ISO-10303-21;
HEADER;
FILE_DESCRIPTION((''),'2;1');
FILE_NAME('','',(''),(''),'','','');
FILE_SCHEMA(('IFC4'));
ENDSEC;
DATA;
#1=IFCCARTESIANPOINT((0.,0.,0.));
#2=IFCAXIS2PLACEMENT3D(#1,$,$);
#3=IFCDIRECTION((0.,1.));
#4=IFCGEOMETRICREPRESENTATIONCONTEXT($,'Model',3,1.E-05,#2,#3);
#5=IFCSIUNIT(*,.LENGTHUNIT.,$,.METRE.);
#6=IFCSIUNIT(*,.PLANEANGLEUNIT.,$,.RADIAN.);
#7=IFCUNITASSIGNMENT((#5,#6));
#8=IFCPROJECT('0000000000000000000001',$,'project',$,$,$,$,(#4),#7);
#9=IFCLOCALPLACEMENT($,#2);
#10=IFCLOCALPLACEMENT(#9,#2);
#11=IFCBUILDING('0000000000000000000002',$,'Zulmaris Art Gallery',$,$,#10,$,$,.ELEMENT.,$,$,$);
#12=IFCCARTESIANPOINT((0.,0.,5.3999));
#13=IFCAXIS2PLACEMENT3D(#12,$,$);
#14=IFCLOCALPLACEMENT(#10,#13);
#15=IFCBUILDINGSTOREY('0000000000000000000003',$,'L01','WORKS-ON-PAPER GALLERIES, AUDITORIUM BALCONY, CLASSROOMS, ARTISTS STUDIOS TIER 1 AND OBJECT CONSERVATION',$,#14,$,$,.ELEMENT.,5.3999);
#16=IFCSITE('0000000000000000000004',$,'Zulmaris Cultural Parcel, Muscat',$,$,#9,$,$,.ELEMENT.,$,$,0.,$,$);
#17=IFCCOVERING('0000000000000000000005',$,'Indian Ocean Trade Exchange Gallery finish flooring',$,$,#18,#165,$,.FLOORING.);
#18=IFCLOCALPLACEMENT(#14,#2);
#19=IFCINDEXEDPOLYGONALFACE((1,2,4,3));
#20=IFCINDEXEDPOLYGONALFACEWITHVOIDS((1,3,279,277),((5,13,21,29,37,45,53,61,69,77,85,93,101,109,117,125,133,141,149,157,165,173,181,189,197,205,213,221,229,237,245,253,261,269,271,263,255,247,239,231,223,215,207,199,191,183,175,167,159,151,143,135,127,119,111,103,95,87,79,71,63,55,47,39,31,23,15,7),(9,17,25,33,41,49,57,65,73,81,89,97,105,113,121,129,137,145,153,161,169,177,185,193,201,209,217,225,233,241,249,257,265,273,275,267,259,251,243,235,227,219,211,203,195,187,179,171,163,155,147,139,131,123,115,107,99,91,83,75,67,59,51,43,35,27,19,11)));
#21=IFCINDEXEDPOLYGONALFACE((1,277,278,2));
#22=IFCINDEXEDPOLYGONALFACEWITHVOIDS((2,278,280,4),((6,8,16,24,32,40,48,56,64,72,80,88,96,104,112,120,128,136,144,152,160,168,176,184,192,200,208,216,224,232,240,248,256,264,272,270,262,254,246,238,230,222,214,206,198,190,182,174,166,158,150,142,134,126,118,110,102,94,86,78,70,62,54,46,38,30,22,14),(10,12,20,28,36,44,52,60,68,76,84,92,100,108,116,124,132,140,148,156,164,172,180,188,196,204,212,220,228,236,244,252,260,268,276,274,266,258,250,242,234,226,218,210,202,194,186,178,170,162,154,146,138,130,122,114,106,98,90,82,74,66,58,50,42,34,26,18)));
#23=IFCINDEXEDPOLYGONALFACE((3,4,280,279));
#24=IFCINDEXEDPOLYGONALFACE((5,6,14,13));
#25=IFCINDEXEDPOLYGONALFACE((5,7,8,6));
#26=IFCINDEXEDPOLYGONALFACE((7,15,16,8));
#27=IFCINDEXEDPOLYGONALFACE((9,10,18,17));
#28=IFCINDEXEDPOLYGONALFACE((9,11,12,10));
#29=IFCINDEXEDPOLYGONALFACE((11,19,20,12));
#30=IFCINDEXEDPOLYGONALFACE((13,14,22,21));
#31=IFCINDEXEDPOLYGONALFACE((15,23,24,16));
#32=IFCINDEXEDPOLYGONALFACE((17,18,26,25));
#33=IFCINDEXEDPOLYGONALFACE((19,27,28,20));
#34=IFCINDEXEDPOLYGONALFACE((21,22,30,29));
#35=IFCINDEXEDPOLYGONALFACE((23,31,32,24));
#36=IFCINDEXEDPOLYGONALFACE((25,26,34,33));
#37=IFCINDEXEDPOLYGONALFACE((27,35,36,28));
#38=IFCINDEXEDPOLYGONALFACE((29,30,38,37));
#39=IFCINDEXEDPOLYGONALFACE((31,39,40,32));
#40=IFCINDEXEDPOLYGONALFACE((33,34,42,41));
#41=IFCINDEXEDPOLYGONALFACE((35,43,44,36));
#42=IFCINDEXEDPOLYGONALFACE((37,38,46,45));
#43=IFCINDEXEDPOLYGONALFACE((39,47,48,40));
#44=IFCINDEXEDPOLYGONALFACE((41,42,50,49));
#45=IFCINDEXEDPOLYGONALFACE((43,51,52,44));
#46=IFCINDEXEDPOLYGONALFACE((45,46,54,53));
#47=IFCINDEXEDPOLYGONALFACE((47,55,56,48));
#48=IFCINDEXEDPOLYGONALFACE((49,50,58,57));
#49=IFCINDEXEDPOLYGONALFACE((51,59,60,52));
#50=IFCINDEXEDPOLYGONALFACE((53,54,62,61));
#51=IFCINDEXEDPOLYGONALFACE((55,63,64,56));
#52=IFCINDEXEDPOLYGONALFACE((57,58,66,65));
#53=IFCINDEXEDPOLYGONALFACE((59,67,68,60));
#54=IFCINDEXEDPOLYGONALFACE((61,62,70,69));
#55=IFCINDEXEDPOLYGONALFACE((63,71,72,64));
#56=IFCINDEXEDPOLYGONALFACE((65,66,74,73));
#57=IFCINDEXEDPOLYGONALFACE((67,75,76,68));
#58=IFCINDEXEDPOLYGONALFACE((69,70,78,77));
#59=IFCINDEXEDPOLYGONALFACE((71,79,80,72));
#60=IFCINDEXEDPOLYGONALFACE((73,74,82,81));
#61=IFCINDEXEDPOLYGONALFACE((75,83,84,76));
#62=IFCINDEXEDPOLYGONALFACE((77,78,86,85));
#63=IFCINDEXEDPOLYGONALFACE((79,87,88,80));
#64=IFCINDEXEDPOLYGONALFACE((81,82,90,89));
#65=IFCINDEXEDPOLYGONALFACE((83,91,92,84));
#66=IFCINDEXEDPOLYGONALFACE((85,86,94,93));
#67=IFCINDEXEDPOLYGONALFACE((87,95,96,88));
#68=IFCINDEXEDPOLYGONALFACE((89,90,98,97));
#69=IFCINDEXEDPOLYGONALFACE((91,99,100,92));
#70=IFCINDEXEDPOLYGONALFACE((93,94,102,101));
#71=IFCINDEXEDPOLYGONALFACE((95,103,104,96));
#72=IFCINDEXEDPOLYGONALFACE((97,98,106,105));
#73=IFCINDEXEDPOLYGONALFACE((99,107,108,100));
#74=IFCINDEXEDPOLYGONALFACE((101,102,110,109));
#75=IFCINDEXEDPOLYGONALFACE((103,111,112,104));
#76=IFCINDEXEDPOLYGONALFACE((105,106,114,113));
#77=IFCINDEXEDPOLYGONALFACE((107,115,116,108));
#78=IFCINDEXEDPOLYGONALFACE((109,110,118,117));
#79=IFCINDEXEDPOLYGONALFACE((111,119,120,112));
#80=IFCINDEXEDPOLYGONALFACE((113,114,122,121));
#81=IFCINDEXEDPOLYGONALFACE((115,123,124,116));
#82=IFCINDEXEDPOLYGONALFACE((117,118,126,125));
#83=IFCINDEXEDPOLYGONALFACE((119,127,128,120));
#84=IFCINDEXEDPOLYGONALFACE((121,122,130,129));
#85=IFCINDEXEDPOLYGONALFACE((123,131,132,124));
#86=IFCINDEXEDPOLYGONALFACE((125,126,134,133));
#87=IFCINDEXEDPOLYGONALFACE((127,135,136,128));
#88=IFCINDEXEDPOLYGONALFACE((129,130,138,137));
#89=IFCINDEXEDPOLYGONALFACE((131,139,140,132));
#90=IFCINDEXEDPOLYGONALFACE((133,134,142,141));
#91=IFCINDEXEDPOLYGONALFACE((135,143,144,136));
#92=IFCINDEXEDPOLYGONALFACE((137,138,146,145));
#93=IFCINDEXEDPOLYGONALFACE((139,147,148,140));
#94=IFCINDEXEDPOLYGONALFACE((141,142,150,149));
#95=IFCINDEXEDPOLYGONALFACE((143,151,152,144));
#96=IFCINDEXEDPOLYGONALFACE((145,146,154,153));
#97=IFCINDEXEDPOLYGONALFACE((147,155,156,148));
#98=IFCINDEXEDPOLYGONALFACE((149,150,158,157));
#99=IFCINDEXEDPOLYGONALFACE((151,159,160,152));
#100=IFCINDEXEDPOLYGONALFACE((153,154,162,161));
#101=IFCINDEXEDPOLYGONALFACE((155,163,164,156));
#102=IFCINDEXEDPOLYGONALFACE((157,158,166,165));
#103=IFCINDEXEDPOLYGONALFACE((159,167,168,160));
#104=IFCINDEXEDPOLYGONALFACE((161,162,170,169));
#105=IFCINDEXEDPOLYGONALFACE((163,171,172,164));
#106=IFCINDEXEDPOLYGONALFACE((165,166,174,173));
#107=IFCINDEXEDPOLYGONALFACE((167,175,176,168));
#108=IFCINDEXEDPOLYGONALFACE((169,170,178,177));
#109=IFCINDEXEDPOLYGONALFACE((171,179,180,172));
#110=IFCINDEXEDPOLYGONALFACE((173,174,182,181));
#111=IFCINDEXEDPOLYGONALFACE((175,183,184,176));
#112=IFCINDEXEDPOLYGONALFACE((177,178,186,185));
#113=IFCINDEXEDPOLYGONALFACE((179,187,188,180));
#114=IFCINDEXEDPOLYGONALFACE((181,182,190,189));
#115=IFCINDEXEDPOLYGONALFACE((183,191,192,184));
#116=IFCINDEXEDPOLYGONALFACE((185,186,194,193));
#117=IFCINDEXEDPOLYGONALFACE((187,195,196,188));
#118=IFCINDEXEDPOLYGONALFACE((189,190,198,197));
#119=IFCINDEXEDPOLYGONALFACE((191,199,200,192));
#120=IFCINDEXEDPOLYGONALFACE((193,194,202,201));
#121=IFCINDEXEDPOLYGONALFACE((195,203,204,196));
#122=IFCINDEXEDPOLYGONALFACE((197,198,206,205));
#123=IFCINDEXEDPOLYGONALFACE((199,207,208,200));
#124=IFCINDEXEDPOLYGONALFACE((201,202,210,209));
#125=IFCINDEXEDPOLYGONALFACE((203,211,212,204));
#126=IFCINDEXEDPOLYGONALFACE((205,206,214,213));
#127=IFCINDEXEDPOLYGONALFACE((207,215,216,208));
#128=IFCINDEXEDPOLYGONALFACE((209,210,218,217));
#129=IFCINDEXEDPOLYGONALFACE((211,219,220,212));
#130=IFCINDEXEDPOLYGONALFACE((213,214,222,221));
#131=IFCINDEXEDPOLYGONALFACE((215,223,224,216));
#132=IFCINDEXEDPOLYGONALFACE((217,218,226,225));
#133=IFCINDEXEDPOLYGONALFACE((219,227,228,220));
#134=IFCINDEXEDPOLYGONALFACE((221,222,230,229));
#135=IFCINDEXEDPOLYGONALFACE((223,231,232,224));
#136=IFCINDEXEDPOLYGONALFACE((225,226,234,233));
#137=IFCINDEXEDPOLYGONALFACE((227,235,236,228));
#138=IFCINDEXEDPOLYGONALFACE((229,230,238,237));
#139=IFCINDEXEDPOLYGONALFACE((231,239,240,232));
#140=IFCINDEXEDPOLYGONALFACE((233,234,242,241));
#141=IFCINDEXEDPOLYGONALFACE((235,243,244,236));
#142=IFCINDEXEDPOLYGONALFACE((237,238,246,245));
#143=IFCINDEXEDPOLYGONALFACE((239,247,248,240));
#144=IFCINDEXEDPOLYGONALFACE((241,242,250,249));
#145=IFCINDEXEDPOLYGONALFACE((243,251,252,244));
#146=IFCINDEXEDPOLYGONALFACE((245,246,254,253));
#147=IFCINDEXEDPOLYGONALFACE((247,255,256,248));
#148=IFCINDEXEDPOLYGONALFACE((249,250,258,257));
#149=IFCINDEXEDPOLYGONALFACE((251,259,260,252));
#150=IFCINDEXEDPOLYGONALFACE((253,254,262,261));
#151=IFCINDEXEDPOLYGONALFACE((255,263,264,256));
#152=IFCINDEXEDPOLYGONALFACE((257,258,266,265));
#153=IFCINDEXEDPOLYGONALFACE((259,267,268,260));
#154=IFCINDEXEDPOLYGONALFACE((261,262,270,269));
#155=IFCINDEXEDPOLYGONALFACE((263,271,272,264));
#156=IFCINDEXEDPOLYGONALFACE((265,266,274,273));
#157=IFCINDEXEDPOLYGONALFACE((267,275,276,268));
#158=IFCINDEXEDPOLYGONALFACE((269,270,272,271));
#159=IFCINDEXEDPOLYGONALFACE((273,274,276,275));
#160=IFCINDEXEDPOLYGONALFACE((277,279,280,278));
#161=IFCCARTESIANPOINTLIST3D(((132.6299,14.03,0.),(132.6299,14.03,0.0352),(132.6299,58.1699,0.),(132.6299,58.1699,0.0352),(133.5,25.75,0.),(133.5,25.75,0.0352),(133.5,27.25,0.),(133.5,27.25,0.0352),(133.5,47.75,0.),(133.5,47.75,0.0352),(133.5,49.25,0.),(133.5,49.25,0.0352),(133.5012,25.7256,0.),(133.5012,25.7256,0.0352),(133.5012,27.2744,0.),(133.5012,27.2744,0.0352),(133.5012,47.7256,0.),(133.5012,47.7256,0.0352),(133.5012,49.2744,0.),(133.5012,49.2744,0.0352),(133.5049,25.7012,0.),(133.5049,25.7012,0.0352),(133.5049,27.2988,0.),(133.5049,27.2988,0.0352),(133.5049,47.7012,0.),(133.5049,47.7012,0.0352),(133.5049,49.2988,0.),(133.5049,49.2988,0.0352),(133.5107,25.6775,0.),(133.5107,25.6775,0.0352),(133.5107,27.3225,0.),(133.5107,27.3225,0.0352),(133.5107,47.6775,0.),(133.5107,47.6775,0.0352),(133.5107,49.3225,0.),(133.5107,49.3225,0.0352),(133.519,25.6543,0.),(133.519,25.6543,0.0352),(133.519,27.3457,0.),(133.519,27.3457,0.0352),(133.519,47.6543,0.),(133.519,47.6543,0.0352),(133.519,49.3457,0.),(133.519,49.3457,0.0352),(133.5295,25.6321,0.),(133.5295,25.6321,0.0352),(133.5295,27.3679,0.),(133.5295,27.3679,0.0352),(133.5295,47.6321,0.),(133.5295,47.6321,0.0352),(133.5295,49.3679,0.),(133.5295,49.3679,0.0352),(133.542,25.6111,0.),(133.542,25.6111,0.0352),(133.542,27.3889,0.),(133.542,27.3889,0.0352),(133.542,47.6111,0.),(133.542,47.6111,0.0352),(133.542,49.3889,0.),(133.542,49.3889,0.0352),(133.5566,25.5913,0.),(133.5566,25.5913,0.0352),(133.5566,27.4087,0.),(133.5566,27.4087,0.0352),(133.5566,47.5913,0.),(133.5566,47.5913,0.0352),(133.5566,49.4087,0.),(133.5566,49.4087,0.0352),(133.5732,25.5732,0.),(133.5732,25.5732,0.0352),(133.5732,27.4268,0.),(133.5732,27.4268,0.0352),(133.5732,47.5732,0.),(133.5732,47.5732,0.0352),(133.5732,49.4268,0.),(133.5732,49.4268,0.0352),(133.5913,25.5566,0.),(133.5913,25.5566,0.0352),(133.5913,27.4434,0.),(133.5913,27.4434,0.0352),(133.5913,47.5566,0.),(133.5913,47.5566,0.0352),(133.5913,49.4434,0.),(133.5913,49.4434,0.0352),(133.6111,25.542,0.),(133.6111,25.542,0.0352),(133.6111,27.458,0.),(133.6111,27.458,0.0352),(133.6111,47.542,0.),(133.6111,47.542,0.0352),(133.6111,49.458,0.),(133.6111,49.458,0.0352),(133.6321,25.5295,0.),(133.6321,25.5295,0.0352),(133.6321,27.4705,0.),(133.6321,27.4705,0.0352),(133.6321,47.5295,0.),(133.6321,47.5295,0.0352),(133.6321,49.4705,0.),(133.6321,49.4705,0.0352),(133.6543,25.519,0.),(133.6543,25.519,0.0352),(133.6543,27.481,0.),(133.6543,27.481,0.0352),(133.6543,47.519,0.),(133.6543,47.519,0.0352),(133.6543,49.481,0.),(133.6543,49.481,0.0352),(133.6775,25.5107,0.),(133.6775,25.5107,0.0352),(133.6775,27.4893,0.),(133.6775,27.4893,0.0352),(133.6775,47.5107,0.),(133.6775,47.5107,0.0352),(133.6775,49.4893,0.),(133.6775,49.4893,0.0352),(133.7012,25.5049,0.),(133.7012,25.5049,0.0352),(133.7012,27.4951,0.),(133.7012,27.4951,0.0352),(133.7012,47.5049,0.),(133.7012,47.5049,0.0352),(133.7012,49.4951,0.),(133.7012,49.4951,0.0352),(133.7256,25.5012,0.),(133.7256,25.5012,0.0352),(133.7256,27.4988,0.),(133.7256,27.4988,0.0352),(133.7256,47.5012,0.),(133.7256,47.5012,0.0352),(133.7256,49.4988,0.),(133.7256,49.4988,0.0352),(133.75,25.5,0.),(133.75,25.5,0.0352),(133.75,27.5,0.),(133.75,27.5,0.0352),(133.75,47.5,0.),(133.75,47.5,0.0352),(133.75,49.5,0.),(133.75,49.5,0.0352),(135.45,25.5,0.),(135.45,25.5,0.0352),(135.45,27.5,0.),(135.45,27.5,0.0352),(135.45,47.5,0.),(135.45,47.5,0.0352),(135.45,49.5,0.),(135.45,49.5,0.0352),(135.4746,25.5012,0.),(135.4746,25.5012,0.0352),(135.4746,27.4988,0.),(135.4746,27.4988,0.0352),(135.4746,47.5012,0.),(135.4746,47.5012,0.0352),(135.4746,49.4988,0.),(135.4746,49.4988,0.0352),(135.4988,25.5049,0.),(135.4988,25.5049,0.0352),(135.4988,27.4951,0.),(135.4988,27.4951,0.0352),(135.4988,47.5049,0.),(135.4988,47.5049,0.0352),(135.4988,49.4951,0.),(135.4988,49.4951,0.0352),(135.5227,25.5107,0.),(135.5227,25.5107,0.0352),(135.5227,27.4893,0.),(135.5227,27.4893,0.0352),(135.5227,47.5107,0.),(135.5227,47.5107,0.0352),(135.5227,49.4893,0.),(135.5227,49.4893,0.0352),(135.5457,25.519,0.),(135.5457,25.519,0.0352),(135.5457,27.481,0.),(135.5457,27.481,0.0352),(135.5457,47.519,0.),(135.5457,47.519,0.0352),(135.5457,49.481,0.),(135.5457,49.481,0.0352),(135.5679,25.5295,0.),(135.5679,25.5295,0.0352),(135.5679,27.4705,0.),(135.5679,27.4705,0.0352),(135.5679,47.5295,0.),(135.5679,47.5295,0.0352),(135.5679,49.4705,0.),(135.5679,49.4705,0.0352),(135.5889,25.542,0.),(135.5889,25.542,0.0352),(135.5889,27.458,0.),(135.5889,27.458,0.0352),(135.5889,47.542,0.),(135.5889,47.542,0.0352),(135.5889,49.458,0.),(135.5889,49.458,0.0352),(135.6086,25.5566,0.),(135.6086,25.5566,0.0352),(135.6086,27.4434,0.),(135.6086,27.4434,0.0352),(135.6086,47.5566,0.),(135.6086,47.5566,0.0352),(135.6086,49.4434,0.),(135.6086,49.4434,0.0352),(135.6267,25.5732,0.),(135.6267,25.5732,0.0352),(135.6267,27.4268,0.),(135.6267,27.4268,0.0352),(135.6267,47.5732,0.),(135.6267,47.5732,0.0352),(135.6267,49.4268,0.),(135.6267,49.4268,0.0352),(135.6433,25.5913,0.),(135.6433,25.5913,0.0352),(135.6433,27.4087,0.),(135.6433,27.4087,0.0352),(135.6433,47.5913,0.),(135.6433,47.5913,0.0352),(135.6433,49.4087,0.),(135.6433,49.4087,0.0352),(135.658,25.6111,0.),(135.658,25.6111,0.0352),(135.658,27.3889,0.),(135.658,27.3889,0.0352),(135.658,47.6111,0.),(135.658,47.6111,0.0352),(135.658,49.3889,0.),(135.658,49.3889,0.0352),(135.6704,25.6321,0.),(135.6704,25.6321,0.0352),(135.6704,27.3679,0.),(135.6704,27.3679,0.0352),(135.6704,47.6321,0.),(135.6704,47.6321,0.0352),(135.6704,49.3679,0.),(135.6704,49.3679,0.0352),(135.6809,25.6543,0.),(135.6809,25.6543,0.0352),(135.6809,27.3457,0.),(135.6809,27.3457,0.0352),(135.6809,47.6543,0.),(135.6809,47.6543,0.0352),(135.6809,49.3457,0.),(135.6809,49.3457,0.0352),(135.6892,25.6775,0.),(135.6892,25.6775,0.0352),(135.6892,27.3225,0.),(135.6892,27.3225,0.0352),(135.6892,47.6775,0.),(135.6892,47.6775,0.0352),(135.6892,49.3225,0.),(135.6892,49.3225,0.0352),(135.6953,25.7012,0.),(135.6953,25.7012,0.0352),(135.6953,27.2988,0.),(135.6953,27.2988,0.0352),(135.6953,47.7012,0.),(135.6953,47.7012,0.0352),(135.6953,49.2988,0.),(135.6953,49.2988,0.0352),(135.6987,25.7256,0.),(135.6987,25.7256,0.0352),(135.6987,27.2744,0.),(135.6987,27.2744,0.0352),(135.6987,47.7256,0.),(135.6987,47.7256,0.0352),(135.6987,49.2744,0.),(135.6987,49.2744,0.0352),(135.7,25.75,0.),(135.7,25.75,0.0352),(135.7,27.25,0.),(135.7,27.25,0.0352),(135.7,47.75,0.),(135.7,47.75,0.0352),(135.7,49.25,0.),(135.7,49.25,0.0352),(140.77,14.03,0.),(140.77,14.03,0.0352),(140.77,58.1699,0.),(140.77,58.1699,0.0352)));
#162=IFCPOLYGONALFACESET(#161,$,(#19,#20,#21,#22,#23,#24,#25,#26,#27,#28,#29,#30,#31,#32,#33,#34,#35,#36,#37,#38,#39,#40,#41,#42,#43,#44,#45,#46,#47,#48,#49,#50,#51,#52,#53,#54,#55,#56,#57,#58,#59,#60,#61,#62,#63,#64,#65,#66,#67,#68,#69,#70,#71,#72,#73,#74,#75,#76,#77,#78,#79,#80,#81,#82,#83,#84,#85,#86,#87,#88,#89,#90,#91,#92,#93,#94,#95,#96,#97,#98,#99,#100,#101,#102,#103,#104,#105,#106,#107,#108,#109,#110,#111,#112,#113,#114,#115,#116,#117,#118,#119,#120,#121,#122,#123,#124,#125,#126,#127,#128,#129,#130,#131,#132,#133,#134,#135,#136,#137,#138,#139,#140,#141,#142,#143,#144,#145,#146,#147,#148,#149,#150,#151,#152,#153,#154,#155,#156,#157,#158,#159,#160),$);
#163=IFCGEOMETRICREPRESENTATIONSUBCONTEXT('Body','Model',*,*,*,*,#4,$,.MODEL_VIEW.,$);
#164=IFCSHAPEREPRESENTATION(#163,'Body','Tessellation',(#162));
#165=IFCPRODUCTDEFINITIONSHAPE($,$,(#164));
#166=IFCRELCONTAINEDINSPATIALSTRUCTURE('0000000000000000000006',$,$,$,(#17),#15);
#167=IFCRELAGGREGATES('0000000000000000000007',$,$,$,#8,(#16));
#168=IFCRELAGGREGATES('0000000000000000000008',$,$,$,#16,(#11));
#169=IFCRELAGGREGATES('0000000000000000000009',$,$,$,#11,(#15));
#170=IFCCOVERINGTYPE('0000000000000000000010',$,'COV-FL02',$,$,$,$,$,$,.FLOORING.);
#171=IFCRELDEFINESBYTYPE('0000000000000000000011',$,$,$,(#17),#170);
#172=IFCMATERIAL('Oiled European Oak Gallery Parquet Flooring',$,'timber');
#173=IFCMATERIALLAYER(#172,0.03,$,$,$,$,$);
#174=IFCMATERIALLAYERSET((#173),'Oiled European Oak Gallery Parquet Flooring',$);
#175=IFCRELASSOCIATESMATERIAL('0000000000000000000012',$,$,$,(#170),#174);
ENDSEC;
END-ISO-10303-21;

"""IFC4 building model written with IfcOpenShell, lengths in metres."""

from ifc_helpers import new_model, si_unit, direction, frame, origin, place, context, subcontext, project, spatial, polyline, outline, extrude, material, layer, layer_set, type_object, element, save


model = new_model("IFC4")

# Units and contexts
model_context = context("Model", 3, precision=1e-05, world=origin(), true_north=direction((0.0, 1.0)))
body_context = subcontext(model_context, "Body", "Model", "MODEL_VIEW")
ifc_project = project(units=[si_unit("LENGTHUNIT", "METRE"), si_unit("PLANEANGLEUNIT", "RADIAN")], contexts=[model_context])

# Site, building, storey
site_placement = place(None, origin())
site = spatial("IfcSite", under=ifc_project, at=site_placement, Name="Zulmaris Cultural Parcel, Muscat", CompositionType="ELEMENT", RefElevation=0.0)
building_placement = place(site_placement, origin())
building = spatial("IfcBuilding", under=site, at=building_placement, Name="Zulmaris Art Gallery", CompositionType="ELEMENT")
storey_placement = place(building_placement, frame((0.0, 0.0, 5.3999)))
storey = spatial("IfcBuildingStorey", under=building, at=storey_placement, Name="L01", Description="WORKS-ON-PAPER GALLERIES, AUDITORIUM BALCONY, CLASSROOMS, ARTISTS STUDIOS TIER 1 AND OBJECT CONSERVATION", CompositionType="ELEMENT", Elevation=5.3999)

# Covering
ifc_material_1 = material(Name="Oiled European Oak Gallery Parquet Flooring", Category="timber")
ifc_layer_1 = layer(ifc_material_1, 0.03)
ifc_layer_set_1 = layer_set([ifc_layer_1], Name="Oiled European Oak Gallery Parquet Flooring")
covering_type_1 = type_object("IfcCoveringType", Name="COV-FL02", PredefinedType="FLOORING", material=ifc_layer_set_1)
covering_1_placement = place(storey_placement, origin())
element("IfcCovering", 1, at=covering_1_placement, inside=storey, type_object=covering_type_1, Name="Indian Ocean Trade Exchange Gallery finish flooring", PredefinedType="FLOORING", context=body_context, shape_type="SweptSolid", body=[
    extrude(outline(polyline([(140.77, 14.03), (132.6299, 14.03), (132.6299, 58.1699), (140.77, 58.1699), (140.77, 14.03)]), holes=[polyline([(133.5012, 25.7256), (133.5049, 25.7012), (133.5107, 25.6775), (133.519, 25.6543), (133.5295, 25.6321), (133.542, 25.6111), (133.5566, 25.5913), (133.5732, 25.5732), (133.5913, 25.5566), (133.6111, 25.542), (133.6321, 25.5295), (133.6543, 25.519), (133.6775, 25.5107), (133.7012, 25.5049), (133.7256, 25.5012), (133.75, 25.5), (135.45, 25.5), (135.4746, 25.5012), (135.4988, 25.5049), (135.5227, 25.5107), (135.5457, 25.519), (135.5679, 25.5295), (135.5889, 25.542), (135.6086, 25.5566), (135.6267, 25.5732), (135.6433, 25.5913), (135.658, 25.6111), (135.6704, 25.6321), (135.6809, 25.6543), (135.6892, 25.6775), (135.6953, 25.7012), (135.6987, 25.7256), (135.7, 25.75), (135.7, 27.25), (135.6987, 27.2744), (135.6953, 27.2988), (135.6892, 27.3225), (135.6809, 27.3457), (135.6704, 27.3679), (135.658, 27.3889), (135.6433, 27.4087), (135.6267, 27.4268), (135.6086, 27.4434), (135.5889, 27.458), (135.5679, 27.4705), (135.5457, 27.481), (135.5227, 27.4893), (135.4988, 27.4951), (135.4746, 27.4988), (135.45, 27.5), (133.75, 27.5), (133.7256, 27.4988), (133.7012, 27.4951), (133.6775, 27.4893), (133.6543, 27.481), (133.6321, 27.4705), (133.6111, 27.458), (133.5913, 27.4434), (133.5732, 27.4268), (133.5566, 27.4087), (133.542, 27.3889), (133.5295, 27.3679), (133.519, 27.3457), (133.5107, 27.3225), (133.5049, 27.2988), (133.5012, 27.2744), (133.5, 27.25), (133.5, 25.75), (133.5012, 25.7256)]), polyline([(133.5012, 47.7256), (133.5049, 47.7012), (133.5107, 47.6775), (133.519, 47.6543), (133.5295, 47.6321), (133.542, 47.6111), (133.5566, 47.5913), (133.5732, 47.5732), (133.5913, 47.5566), (133.6111, 47.542), (133.6321, 47.5295), (133.6543, 47.519), (133.6775, 47.5107), (133.7012, 47.5049), (133.7256, 47.5012), (133.75, 47.5), (135.45, 47.5), (135.4746, 47.5012), (135.4988, 47.5049), (135.5227, 47.5107), (135.5457, 47.519), (135.5679, 47.5295), (135.5889, 47.542), (135.6086, 47.5566), (135.6267, 47.5732), (135.6433, 47.5913), (135.658, 47.6111), (135.6704, 47.6321), (135.6809, 47.6543), (135.6892, 47.6775), (135.6953, 47.7012), (135.6987, 47.7256), (135.7, 47.75), (135.7, 49.25), (135.6987, 49.2744), (135.6953, 49.2988), (135.6892, 49.3225), (135.6809, 49.3457), (135.6704, 49.3679), (135.658, 49.3889), (135.6433, 49.4087), (135.6267, 49.4268), (135.6086, 49.4434), (135.5889, 49.458), (135.5679, 49.4705), (135.5457, 49.481), (135.5227, 49.4893), (135.4988, 49.4951), (135.4746, 49.4988), (135.45, 49.5), (133.75, 49.5), (133.7256, 49.4988), (133.7012, 49.4951), (133.6775, 49.4893), (133.6543, 49.481), (133.6321, 49.4705), (133.6111, 49.458), (133.5913, 49.4434), (133.5732, 49.4268), (133.5566, 49.4087), (133.542, 49.3889), (133.5295, 49.3679), (133.519, 49.3457), (133.5107, 49.3225), (133.5049, 49.2988), (133.5012, 49.2744), (133.5, 49.25), (133.5, 47.75), (133.5012, 47.7256)])]), origin(), (0.0, 0.0, 1.0), 0.0352),
])

save(model, "model.ifc")
